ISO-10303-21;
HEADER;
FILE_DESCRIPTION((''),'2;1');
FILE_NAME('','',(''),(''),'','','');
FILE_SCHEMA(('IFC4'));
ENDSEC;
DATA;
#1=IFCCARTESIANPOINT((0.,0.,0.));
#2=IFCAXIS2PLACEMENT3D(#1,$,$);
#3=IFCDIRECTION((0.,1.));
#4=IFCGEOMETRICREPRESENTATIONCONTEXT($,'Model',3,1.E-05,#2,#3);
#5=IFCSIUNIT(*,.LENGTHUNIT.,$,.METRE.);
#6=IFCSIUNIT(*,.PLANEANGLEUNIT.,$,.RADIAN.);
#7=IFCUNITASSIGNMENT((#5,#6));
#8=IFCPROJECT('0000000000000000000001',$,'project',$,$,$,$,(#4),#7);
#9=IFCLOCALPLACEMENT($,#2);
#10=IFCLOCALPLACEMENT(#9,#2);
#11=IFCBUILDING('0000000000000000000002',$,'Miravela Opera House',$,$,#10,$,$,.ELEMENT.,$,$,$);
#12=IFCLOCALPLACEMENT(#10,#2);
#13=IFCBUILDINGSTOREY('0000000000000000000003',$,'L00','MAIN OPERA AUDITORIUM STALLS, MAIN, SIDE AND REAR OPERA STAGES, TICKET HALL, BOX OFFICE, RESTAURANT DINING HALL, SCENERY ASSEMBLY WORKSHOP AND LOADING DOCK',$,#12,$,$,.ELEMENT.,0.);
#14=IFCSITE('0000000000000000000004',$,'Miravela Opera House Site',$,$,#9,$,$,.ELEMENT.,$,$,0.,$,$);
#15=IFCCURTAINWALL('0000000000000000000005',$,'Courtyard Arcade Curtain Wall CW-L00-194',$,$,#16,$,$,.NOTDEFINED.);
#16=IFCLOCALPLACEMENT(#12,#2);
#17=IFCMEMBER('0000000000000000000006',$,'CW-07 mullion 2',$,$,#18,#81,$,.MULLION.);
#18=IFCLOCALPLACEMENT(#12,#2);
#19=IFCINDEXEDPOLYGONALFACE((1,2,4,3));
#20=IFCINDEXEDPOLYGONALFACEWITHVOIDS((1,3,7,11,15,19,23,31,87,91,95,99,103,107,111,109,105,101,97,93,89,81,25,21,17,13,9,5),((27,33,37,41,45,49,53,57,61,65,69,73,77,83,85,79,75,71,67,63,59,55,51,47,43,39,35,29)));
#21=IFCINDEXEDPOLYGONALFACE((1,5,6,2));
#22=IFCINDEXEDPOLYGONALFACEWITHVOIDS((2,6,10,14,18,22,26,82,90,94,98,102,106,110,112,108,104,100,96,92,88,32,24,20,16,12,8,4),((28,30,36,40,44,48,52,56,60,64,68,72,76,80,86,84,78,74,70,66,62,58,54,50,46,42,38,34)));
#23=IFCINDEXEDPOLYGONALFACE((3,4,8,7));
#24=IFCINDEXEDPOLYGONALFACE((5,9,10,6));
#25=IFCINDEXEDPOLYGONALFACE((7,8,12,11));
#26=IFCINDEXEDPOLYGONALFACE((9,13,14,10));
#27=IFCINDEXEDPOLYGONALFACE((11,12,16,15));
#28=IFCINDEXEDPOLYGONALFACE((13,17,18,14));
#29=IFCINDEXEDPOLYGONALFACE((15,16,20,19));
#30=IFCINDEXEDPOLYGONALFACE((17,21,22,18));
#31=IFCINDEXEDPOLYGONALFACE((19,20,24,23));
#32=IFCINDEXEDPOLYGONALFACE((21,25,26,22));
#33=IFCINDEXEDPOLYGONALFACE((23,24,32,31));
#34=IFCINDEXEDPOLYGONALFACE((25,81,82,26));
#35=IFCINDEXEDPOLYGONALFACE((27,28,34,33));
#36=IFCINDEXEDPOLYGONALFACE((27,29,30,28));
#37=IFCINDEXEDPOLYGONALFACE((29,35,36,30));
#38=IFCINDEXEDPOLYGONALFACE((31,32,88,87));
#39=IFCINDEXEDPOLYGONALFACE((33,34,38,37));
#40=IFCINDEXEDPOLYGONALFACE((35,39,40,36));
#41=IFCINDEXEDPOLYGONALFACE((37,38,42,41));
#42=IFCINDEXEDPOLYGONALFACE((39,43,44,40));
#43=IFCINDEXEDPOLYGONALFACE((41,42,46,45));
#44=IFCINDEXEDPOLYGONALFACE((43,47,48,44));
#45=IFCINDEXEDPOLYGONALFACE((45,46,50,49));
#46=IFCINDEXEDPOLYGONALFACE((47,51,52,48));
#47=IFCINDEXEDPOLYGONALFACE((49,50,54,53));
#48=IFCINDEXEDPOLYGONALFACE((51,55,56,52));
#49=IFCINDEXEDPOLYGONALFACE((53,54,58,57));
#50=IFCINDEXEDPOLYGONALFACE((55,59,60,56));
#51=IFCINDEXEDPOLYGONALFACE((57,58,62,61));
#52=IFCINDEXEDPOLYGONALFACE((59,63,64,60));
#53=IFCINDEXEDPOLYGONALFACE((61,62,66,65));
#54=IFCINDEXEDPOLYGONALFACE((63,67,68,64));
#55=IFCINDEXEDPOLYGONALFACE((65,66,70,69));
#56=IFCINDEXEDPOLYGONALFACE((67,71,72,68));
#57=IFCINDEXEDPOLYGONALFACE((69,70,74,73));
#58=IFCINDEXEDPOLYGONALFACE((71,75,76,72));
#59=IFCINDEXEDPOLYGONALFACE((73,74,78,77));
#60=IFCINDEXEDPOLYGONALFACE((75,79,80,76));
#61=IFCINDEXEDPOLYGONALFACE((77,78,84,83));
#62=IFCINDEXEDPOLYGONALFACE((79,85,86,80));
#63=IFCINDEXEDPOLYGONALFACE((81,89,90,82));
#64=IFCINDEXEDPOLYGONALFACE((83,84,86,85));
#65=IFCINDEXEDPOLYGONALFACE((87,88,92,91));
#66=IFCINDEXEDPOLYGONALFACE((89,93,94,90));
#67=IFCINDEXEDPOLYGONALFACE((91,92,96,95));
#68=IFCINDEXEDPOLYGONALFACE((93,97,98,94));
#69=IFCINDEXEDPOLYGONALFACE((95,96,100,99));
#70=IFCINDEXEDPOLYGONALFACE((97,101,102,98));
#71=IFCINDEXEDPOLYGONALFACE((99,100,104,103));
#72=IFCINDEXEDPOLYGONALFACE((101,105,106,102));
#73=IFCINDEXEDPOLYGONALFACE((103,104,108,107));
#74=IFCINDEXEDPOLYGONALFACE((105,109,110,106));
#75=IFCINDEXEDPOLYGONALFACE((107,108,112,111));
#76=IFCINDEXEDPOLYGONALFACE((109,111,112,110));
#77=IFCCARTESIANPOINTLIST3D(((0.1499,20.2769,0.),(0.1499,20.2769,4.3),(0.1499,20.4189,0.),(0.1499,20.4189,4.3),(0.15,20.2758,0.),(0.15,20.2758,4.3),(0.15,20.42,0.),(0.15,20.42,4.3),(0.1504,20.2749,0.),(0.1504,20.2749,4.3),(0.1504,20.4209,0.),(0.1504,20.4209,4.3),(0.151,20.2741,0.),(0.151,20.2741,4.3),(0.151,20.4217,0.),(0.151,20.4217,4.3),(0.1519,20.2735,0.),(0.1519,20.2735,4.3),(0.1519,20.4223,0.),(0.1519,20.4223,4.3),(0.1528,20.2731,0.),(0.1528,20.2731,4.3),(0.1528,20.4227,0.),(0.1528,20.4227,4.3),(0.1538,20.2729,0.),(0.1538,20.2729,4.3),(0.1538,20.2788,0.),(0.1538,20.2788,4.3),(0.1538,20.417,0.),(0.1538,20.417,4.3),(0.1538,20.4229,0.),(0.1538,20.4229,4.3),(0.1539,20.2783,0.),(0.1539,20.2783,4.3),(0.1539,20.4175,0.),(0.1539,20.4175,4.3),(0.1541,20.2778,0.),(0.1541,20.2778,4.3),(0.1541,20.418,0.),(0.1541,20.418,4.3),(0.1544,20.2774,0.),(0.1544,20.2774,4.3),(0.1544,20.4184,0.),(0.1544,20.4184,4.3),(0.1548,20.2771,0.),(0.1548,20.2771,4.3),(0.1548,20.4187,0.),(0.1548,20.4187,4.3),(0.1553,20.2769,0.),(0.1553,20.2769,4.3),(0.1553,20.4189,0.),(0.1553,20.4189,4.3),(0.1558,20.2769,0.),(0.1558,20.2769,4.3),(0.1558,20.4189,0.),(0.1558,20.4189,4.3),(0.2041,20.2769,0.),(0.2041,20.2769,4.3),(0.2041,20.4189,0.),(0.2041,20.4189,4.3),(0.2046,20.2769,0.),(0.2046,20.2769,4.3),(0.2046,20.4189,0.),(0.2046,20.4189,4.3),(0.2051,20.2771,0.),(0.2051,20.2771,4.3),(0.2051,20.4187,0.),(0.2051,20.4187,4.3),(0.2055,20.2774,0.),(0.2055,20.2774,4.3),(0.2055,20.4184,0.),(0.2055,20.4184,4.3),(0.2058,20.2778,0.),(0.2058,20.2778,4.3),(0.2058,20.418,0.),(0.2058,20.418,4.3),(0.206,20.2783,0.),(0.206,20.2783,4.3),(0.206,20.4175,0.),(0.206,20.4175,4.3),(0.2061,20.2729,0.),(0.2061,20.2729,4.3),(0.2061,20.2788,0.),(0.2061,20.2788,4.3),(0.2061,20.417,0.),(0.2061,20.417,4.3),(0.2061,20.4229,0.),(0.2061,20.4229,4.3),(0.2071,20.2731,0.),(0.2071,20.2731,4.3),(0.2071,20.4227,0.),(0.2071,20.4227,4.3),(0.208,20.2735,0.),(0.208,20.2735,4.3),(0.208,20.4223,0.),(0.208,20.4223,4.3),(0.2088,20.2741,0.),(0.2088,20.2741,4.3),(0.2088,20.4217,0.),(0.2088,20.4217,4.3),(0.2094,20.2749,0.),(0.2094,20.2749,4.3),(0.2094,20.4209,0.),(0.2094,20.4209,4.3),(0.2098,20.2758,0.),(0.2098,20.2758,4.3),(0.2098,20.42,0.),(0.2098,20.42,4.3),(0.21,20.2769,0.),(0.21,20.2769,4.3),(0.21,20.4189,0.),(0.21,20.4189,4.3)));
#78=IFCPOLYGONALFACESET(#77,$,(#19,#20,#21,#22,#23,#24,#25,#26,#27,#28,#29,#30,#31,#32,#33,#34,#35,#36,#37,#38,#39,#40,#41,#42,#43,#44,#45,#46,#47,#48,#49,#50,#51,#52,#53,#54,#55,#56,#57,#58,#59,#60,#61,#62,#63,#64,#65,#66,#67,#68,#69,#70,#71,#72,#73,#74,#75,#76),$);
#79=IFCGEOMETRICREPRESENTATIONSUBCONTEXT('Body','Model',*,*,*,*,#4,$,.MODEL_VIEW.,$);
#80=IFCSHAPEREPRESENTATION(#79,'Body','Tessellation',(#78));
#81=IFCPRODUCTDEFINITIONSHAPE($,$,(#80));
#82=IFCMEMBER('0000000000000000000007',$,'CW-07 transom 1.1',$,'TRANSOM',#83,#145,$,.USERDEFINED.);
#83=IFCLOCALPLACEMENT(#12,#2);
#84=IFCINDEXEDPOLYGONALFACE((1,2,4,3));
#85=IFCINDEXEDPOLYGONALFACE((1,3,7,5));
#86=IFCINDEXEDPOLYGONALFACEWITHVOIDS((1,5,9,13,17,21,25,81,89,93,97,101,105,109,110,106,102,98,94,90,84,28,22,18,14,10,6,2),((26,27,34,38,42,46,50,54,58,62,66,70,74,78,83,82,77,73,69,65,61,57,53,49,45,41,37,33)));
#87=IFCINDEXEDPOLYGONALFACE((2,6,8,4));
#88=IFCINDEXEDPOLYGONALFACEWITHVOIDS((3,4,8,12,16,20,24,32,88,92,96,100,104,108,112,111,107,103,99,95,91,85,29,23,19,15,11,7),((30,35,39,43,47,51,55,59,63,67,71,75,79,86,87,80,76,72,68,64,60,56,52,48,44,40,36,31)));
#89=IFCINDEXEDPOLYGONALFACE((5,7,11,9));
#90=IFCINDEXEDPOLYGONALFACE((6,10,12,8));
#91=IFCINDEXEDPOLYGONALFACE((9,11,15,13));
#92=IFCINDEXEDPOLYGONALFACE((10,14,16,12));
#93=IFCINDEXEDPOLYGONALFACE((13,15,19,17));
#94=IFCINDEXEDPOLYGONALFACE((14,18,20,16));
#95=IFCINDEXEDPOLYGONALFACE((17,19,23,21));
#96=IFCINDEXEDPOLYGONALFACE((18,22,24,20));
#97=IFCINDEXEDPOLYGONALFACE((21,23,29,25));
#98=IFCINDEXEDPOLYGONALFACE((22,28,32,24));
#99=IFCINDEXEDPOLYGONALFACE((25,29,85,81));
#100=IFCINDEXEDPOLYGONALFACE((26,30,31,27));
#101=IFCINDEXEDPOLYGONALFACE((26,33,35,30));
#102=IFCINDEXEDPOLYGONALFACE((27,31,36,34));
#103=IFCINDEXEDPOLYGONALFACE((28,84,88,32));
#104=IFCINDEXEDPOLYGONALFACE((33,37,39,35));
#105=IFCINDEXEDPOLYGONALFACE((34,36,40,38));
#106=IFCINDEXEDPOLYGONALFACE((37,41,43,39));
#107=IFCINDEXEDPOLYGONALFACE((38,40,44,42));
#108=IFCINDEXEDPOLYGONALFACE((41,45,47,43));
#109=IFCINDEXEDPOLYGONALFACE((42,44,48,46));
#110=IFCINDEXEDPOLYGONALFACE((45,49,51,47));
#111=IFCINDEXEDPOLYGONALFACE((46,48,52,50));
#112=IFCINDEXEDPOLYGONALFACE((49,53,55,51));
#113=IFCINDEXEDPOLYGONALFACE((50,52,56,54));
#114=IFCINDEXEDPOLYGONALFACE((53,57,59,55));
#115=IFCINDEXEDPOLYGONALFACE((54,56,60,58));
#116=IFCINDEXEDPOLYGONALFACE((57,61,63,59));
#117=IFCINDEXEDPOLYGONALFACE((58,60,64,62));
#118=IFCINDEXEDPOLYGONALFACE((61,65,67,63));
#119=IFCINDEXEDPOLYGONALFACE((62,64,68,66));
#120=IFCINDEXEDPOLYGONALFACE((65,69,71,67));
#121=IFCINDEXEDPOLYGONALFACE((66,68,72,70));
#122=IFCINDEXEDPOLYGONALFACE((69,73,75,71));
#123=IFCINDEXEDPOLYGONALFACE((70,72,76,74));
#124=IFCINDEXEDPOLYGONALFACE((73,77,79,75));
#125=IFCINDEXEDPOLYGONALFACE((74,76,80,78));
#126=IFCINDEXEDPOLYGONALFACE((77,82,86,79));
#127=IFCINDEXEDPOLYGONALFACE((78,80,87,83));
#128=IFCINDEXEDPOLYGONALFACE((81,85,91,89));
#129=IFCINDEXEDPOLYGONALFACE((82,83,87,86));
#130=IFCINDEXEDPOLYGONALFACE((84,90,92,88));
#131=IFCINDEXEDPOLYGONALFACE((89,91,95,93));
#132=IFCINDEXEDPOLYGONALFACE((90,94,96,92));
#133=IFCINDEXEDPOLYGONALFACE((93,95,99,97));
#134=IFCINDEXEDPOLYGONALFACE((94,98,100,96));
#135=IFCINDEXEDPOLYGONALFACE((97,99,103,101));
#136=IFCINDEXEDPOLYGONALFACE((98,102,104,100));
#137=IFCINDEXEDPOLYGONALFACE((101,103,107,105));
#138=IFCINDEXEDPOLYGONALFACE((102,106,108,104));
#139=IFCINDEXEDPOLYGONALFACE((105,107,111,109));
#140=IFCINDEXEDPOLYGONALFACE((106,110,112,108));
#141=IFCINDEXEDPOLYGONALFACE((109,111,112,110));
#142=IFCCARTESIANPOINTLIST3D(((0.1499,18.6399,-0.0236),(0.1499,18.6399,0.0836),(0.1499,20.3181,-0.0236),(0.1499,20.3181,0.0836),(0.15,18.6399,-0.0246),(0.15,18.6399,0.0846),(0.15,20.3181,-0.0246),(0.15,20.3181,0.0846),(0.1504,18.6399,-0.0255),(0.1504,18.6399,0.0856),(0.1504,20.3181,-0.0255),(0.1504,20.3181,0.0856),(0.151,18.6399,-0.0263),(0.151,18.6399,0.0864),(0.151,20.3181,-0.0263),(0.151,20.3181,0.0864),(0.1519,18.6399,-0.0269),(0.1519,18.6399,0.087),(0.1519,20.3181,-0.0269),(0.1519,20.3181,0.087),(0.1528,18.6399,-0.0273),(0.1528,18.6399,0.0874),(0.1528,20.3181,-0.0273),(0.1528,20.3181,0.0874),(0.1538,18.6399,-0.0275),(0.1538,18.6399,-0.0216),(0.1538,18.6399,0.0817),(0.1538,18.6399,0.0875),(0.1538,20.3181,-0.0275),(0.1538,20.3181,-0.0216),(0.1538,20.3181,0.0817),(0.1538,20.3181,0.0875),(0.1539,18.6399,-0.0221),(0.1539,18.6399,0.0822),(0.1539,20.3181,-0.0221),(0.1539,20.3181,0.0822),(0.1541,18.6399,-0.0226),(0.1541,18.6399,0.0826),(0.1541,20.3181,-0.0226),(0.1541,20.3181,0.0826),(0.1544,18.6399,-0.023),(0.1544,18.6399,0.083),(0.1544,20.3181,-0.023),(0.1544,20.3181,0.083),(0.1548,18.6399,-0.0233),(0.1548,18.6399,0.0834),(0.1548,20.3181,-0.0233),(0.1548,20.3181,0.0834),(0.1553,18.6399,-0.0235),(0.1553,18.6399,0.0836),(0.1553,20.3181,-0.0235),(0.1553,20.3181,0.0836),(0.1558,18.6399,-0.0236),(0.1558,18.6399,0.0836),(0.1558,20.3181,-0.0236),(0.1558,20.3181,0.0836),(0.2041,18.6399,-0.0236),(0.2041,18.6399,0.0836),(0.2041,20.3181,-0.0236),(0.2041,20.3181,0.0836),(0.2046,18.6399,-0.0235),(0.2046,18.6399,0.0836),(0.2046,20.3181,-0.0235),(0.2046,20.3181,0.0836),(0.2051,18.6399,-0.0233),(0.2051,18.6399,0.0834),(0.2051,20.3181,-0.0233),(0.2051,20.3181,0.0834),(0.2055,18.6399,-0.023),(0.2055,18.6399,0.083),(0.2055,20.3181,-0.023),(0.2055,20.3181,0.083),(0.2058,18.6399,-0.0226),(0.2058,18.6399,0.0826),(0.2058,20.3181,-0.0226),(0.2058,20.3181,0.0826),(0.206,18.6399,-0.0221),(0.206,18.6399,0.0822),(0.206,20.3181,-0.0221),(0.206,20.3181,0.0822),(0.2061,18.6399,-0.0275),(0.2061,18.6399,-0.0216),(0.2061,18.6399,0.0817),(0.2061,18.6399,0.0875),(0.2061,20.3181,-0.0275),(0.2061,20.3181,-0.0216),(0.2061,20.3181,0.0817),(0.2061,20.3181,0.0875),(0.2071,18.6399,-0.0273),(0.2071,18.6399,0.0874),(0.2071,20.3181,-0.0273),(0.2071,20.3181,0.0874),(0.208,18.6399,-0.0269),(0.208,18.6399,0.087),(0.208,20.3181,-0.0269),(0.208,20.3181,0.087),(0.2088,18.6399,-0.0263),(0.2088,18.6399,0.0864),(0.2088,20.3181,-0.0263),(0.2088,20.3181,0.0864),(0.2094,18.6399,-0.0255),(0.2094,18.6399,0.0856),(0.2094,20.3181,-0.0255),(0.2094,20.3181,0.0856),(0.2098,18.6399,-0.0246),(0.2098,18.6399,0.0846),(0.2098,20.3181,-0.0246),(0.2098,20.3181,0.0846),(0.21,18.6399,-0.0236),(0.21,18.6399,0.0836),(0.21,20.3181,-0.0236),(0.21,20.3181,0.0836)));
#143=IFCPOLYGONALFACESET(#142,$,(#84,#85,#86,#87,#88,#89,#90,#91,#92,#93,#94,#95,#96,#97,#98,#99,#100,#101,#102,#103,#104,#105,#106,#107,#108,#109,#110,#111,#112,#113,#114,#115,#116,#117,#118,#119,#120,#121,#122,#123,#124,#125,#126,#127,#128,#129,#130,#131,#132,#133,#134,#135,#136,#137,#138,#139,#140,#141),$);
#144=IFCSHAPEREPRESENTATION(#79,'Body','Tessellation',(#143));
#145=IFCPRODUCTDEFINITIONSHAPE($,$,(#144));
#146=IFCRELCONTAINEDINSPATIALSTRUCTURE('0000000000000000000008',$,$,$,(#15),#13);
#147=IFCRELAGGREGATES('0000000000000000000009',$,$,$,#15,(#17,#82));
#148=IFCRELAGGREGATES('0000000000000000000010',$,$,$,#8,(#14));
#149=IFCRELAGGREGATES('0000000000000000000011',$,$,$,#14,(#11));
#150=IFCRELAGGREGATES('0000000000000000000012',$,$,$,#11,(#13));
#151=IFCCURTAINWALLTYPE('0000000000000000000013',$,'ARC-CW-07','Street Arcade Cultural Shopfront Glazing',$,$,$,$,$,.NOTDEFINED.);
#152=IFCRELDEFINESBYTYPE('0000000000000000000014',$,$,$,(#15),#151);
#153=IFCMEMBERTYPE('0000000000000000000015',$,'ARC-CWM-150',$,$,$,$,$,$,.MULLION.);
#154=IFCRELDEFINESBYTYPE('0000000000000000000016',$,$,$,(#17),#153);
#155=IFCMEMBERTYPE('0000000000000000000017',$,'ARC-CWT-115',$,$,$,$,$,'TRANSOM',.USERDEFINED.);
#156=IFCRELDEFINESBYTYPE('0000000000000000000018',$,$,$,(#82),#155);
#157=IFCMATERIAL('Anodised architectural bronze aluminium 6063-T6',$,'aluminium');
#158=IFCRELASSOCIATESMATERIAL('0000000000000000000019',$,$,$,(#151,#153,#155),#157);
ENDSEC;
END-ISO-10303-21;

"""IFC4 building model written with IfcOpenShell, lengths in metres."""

from ifc_helpers import new_model, si_unit, direction, frame, origin, origin_2d, place, context, subcontext, project, spatial, hollow_rectangle, extrude, material, material_profile, profile_set, type_object, element, aggregate, save


model = new_model("IFC4")

# Units and contexts
model_context = context("Model", 3, precision=1e-05, world=origin(), true_north=direction((0.0, 1.0)))
body_context = subcontext(model_context, "Body", "Model", "MODEL_VIEW")
ifc_project = project(units=[si_unit("LENGTHUNIT", "METRE"), si_unit("PLANEANGLEUNIT", "RADIAN")], contexts=[model_context])

# Site, building, storey
site_placement = place(None, origin())
site = spatial("IfcSite", under=ifc_project, at=site_placement, Name="Miravela Opera House Site", CompositionType="ELEMENT", RefElevation=0.0)
building_placement = place(site_placement, origin())
building = spatial("IfcBuilding", under=site, at=building_placement, Name="Miravela Opera House", CompositionType="ELEMENT")
storey_placement = place(building_placement, origin())
storey = spatial("IfcBuildingStorey", under=building, at=storey_placement, Name="L00", Description="MAIN OPERA AUDITORIUM STALLS, MAIN, SIDE AND REAR OPERA STAGES, TICKET HALL, BOX OFFICE, RESTAURANT DINING HALL, SCENERY ASSEMBLY WORKSHOP AND LOADING DOCK", CompositionType="ELEMENT", Elevation=0.0)

# Shared definitions
ifc_material_1 = material(Name="Anodised architectural bronze aluminium 6063-T6", Category="aluminium")
curtain_wall_type = type_object("IfcCurtainWallType", Name="ARC-CW-07", Description="Street Arcade Cultural Shopfront Glazing", PredefinedType="NOTDEFINED", material=ifc_material_1)
ifc_material_profile_1 = material_profile(ifc_material_1, hollow_rectangle(XDim=0.0601, YDim=0.1499, WallThickness=0.0039, InnerFilletRadius=0.002, OuterFilletRadius=0.0039, at=origin_2d()), Name="CWM-60X150")
ifc_profile_set_1 = profile_set([ifc_material_profile_1])
member_type_1 = type_object("IfcMemberType", Name="ARC-CWM-150", PredefinedType="MULLION", material=ifc_profile_set_1)

# Curtain wall, members
curtain_wall_1_placement = place(storey_placement, origin())
curtain_wall_1 = element("IfcCurtainWall", 1, at=curtain_wall_1_placement, inside=storey, type_object=curtain_wall_type, Name="Courtyard Arcade Curtain Wall CW-L00-194", PredefinedType="NOTDEFINED")
member_1_placement = place(storey_placement, frame((0.1799, 20.3479, 0.0), z_axis=(0.0, 0.0, 1.0), x_axis=(-1.0, 0.0, 0.0)))
member_1 = element("IfcMember", 2, at=member_1_placement, type_object=member_type_1, Name="CW-07 mullion 2", PredefinedType="MULLION", context=body_context, shape_type="SweptSolid", body=[
    extrude(hollow_rectangle(XDim=0.0601, YDim=0.1499, WallThickness=0.0039, InnerFilletRadius=0.002, OuterFilletRadius=0.0039, at=origin_2d()), origin(), (0.0, 0.0, 1.0), 4.3),
])
ifc_material_profile_2 = material_profile(ifc_material_1, hollow_rectangle(XDim=0.0601, YDim=0.115, WallThickness=0.0039, InnerFilletRadius=0.002, OuterFilletRadius=0.0039, at=origin_2d()), Name="CWT-60X115")
ifc_profile_set_2 = profile_set([ifc_material_profile_2])
member_type_2 = type_object("IfcMemberType", Name="ARC-CWT-115", ElementType="TRANSOM", PredefinedType="USERDEFINED", material=ifc_profile_set_2)
member_2_placement = place(storey_placement, frame((0.1799, 18.6399, 0.03), z_axis=(0.0, 1.0, 0.0), x_axis=(-1.0, 0.0, 0.0)))
member_2 = element("IfcMember", 3, at=member_2_placement, type_object=member_type_2, Name="CW-07 transom 1.1", ObjectType="TRANSOM", PredefinedType="USERDEFINED", context=body_context, shape_type="SweptSolid", body=[
    extrude(hollow_rectangle(XDim=0.0601, YDim=0.115, WallThickness=0.0039, InnerFilletRadius=0.002, OuterFilletRadius=0.0039, at=origin_2d()), origin(), (0.0, 0.0, 1.0), 1.6782),
])

aggregate(curtain_wall_1, [member_1, member_2])

save(model, "model.ifc")
